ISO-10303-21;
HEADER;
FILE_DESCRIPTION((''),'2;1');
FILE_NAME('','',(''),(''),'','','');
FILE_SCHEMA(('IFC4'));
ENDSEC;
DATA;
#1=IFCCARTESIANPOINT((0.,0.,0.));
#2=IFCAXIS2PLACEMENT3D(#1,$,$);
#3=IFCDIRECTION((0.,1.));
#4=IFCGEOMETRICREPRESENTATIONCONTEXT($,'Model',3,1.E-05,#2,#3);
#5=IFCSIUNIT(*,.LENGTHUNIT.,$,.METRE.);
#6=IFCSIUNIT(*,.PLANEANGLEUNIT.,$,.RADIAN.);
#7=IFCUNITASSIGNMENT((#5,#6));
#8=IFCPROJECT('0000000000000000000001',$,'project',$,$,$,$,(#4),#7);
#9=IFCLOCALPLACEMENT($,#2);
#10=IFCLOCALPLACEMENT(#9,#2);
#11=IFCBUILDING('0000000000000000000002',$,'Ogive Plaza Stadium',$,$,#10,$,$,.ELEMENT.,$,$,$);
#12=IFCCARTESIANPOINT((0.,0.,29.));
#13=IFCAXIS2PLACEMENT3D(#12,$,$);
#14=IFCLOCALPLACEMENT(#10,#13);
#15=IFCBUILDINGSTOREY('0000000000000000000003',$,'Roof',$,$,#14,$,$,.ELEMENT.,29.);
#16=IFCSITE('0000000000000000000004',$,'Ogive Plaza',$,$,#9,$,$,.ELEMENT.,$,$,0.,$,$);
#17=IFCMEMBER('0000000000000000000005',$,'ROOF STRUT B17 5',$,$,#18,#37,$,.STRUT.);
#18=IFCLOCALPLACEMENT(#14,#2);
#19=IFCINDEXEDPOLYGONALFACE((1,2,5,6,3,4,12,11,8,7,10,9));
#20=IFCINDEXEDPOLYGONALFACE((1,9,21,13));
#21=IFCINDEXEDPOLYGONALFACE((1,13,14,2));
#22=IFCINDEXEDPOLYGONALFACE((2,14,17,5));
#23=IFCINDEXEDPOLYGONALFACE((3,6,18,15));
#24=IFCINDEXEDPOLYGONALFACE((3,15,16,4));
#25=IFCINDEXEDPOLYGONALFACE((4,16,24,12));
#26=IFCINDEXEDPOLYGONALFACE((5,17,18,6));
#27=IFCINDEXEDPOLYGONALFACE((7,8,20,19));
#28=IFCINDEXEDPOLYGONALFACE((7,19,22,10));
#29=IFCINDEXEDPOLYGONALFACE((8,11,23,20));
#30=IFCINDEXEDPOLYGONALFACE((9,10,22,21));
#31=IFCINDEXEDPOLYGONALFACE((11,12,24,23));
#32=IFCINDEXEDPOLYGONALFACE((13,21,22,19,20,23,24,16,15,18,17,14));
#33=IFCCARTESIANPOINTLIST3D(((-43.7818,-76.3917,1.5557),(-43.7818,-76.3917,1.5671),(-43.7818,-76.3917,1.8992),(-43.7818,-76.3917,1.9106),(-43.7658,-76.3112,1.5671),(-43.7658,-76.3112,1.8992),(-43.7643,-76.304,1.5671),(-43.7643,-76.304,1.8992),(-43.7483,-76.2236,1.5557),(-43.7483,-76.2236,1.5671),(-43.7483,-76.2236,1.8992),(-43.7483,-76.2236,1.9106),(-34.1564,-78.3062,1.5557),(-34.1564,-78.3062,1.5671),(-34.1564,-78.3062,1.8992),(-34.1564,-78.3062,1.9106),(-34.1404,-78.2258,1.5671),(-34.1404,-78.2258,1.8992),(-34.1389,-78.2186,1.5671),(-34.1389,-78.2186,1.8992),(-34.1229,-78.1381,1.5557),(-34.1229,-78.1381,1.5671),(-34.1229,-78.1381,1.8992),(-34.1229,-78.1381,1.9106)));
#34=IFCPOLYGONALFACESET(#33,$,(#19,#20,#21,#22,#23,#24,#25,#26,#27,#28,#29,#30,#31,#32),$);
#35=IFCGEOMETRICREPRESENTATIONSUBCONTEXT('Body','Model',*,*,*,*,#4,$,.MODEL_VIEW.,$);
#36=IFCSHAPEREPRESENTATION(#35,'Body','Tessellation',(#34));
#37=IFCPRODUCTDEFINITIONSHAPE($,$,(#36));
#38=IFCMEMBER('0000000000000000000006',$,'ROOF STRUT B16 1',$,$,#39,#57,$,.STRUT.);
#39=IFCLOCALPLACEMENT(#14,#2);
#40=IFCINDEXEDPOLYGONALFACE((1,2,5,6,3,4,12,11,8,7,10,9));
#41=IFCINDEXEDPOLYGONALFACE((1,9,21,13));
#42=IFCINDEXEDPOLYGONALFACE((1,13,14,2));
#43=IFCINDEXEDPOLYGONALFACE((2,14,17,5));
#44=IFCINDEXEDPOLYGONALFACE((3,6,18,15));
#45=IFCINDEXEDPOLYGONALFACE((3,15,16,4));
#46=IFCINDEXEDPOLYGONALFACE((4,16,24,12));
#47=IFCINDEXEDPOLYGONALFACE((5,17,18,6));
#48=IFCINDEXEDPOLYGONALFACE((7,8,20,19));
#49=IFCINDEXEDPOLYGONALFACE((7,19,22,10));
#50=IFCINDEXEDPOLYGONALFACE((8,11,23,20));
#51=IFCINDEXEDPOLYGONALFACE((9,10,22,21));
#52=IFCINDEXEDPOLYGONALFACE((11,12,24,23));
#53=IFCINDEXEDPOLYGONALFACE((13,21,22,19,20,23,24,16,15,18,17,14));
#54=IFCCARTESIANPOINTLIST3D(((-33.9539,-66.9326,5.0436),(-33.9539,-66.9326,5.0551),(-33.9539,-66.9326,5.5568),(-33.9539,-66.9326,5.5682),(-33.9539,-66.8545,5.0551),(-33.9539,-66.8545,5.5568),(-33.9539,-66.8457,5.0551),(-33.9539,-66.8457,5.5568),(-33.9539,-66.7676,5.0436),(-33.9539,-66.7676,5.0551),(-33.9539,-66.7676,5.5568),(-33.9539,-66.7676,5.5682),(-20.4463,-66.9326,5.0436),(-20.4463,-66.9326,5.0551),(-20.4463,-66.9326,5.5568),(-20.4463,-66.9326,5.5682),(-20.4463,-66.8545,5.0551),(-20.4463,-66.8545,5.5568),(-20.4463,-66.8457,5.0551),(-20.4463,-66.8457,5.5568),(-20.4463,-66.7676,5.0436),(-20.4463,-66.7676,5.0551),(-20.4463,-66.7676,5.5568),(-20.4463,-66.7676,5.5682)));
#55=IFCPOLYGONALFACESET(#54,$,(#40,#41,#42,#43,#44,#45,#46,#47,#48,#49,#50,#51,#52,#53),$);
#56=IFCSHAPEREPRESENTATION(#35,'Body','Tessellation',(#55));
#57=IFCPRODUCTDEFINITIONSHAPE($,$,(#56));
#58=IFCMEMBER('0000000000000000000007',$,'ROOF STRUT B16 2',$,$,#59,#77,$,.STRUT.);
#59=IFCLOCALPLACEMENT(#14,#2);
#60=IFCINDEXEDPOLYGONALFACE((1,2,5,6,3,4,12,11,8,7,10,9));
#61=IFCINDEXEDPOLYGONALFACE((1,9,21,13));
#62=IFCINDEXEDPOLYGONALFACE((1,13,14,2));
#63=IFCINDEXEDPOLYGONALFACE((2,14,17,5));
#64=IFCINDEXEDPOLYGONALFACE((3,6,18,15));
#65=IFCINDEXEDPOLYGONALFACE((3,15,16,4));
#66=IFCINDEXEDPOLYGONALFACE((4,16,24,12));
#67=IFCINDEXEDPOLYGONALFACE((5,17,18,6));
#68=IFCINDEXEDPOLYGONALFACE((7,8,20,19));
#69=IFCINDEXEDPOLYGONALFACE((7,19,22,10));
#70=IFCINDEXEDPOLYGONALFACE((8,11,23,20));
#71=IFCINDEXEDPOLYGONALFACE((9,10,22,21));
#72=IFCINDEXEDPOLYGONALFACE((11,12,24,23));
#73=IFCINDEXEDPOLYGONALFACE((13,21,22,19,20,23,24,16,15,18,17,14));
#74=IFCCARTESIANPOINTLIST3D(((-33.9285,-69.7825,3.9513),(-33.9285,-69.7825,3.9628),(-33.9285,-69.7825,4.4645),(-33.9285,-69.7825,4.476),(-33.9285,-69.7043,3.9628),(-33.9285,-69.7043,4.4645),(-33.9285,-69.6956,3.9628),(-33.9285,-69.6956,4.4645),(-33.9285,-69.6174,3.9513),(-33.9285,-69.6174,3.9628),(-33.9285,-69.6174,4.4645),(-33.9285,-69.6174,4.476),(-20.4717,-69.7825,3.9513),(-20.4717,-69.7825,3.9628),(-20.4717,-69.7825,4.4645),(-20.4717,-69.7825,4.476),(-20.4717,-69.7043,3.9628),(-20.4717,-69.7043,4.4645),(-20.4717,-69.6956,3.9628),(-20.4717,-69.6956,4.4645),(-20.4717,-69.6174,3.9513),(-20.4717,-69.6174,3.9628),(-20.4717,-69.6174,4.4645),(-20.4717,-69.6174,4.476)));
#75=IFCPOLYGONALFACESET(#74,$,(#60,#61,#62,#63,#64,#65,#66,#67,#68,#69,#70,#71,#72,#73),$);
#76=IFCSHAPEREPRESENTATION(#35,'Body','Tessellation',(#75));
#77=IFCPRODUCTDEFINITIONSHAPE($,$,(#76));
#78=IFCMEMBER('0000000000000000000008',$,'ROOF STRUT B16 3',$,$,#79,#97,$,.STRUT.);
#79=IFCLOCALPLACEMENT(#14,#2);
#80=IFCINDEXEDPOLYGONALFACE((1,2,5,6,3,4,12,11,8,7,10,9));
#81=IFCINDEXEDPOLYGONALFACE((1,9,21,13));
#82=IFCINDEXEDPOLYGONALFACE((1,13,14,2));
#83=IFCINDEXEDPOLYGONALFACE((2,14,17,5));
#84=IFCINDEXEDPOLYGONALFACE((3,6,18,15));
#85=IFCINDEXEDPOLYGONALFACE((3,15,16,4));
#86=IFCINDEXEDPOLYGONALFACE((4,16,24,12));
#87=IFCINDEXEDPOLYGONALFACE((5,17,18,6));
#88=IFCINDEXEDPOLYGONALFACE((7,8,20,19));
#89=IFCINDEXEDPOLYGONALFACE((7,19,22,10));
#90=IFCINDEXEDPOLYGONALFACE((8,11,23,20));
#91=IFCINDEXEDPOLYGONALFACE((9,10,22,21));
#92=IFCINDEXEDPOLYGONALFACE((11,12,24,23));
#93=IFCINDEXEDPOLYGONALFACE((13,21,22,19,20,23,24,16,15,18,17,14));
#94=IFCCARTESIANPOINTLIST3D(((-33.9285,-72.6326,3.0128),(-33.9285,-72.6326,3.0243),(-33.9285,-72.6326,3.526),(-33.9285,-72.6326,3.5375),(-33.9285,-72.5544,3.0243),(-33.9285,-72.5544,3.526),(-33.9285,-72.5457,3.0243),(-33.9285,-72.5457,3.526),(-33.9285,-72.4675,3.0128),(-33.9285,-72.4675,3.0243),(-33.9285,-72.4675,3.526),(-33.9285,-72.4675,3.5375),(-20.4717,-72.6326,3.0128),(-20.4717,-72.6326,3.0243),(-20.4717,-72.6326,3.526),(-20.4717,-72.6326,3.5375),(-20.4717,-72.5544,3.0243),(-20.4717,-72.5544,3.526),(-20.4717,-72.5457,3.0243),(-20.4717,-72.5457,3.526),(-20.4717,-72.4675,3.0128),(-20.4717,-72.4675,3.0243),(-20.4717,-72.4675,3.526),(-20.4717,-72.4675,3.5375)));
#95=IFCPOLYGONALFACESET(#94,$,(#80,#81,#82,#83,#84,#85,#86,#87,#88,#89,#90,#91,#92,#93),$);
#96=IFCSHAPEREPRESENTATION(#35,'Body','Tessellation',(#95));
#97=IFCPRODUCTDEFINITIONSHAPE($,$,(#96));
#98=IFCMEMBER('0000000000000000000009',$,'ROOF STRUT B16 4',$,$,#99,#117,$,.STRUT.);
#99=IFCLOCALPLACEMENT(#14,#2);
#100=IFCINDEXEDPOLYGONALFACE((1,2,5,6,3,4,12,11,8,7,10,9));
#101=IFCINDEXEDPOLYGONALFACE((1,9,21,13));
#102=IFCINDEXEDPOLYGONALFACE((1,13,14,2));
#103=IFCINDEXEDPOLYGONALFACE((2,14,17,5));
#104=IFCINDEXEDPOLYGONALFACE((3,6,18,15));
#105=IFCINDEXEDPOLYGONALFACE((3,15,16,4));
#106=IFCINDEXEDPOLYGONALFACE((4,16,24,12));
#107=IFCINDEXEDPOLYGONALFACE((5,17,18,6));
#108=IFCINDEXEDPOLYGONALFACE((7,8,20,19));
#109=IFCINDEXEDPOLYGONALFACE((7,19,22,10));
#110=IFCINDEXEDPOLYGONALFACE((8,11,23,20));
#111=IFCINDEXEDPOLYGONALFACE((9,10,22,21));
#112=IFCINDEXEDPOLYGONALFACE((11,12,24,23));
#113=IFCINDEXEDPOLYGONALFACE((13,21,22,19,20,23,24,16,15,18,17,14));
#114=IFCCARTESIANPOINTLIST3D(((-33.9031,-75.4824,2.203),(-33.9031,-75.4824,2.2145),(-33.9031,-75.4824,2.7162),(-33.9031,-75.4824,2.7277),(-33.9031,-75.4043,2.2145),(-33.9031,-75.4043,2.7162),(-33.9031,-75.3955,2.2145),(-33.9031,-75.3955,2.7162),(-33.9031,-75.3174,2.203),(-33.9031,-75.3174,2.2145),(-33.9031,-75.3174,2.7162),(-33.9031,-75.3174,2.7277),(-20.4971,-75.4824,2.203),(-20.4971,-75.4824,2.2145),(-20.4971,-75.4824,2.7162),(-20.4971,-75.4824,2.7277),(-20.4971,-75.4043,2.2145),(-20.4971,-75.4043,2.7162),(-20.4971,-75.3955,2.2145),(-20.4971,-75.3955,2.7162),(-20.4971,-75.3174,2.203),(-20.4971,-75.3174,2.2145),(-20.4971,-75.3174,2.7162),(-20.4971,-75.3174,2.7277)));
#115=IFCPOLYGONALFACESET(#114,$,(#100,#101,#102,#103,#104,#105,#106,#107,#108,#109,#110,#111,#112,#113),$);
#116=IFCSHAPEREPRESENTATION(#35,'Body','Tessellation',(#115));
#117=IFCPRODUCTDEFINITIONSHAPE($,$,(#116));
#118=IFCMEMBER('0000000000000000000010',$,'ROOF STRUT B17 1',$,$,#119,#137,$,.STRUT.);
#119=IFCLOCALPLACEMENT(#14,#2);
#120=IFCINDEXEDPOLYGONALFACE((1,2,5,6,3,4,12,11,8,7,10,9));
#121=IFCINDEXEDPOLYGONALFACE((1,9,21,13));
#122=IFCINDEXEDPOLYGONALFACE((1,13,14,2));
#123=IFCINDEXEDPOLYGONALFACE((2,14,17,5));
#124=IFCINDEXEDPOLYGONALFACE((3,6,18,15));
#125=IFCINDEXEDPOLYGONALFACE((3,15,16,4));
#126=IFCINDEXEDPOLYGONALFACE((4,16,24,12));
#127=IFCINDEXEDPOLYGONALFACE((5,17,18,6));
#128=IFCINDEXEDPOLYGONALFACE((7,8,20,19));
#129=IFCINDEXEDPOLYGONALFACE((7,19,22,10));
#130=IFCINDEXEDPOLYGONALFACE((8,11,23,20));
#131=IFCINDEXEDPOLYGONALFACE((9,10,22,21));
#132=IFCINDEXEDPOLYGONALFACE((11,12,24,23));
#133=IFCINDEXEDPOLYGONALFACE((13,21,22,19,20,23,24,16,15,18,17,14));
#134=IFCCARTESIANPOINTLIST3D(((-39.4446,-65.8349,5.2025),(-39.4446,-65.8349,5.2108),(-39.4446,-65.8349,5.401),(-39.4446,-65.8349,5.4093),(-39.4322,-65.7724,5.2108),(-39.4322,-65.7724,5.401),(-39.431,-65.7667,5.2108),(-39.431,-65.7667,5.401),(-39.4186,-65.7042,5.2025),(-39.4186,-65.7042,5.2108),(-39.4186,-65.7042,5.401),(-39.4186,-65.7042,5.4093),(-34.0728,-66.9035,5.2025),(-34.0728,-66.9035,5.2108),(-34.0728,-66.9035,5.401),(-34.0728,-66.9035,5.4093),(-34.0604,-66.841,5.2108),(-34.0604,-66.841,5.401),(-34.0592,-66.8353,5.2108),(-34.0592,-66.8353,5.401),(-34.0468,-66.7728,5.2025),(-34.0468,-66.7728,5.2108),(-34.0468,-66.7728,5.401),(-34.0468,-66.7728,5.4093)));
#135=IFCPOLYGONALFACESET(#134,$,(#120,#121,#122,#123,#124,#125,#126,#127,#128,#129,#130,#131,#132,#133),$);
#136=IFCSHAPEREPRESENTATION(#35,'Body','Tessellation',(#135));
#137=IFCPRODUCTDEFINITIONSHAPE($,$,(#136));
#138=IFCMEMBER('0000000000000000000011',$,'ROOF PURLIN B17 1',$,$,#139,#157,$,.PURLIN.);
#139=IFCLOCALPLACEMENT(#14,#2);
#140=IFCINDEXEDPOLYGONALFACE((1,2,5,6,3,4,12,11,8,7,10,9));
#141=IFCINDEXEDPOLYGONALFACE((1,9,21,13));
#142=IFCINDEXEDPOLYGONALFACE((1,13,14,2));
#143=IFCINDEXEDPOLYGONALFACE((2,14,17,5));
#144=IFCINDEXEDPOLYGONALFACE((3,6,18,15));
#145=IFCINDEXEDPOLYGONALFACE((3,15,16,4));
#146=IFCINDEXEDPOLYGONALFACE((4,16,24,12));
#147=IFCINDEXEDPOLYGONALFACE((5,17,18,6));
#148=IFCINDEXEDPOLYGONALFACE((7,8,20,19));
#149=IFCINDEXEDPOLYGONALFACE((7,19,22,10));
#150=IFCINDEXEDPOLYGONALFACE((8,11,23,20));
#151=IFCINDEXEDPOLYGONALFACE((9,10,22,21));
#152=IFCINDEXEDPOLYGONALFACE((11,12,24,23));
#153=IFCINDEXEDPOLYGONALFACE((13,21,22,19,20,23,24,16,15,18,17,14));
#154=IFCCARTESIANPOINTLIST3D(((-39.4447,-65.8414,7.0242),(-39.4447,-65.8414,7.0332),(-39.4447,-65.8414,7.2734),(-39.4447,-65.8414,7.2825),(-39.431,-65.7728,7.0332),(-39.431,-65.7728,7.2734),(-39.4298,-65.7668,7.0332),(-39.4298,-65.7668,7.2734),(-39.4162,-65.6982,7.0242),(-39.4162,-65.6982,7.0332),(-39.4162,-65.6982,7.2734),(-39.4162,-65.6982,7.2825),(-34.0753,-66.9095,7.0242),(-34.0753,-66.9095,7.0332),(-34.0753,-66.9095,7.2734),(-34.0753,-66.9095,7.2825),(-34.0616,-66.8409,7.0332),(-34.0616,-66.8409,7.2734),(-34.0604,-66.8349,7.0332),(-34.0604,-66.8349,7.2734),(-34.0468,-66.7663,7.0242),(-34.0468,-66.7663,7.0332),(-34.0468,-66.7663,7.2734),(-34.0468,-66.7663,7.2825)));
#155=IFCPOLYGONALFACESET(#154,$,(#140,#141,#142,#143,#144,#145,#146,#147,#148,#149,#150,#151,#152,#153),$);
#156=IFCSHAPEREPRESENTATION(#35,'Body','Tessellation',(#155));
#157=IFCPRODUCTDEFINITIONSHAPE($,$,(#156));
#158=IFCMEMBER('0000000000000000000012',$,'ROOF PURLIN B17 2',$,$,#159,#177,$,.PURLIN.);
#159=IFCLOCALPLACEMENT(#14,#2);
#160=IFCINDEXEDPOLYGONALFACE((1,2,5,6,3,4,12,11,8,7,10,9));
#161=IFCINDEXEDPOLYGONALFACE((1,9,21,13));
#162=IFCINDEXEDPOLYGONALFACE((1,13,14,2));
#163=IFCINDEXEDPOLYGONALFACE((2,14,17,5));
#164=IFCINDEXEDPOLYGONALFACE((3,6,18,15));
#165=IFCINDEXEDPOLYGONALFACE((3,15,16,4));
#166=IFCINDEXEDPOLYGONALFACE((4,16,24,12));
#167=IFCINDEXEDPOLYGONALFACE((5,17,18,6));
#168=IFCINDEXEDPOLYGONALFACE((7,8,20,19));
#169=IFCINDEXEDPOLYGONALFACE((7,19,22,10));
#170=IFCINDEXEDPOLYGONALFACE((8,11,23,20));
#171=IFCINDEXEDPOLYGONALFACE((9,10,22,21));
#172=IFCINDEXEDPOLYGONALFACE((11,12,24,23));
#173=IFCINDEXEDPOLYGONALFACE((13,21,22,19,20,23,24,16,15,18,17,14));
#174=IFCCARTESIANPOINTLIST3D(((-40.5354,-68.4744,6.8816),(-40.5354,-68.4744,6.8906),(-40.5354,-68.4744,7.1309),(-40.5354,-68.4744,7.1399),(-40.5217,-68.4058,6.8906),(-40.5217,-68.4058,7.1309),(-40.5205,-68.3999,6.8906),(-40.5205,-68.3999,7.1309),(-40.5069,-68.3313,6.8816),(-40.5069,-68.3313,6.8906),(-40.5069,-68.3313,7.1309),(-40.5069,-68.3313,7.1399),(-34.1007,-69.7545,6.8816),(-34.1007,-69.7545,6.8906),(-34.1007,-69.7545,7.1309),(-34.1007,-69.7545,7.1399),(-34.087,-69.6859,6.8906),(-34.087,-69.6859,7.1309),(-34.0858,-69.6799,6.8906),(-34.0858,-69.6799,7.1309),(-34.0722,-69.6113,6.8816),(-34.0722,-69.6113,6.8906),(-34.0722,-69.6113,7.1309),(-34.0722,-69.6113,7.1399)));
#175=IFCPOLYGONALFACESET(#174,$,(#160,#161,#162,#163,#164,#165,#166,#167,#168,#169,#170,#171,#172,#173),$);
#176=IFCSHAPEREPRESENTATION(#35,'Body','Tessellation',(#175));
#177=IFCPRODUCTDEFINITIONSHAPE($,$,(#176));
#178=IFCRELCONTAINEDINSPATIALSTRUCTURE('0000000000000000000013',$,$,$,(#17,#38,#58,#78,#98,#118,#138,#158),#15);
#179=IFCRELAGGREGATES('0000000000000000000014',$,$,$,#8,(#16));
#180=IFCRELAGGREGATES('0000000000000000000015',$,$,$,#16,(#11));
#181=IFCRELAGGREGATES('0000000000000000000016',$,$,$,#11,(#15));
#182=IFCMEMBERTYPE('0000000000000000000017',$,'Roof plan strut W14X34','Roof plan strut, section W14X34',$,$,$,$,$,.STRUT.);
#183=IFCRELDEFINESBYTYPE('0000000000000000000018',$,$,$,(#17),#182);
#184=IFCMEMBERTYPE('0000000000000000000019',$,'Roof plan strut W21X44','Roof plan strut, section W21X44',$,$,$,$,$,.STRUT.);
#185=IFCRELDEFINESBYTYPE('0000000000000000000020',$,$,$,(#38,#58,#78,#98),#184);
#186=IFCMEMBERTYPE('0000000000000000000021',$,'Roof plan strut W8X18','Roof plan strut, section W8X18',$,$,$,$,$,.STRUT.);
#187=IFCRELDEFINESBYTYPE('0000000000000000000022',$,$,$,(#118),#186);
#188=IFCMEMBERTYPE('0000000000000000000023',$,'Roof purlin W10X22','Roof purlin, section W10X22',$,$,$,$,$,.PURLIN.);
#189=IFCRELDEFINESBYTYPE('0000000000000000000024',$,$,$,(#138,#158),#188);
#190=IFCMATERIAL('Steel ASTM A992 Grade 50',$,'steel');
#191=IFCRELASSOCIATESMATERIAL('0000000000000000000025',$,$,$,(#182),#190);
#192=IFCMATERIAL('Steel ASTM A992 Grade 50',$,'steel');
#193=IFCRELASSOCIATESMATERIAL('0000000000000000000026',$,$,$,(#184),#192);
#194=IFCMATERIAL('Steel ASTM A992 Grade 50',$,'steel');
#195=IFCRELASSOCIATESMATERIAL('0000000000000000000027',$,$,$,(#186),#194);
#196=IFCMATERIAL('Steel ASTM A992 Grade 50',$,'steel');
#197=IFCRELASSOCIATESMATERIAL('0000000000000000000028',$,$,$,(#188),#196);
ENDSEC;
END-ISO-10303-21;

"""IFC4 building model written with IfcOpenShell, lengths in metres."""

from ifc_helpers import new_model, si_unit, direction, frame, origin, origin_2d, place, context, subcontext, project, spatial, i_section, extrude, material, material_profile, profile_set, type_object, element, save


model = new_model("IFC4")

# Units and contexts
model_context = context("Model", 3, precision=1e-05, world=origin(), true_north=direction((0.0, 1.0)))
body_context = subcontext(model_context, "Body", "Model", "MODEL_VIEW")
ifc_project = project(units=[si_unit("LENGTHUNIT", "METRE"), si_unit("PLANEANGLEUNIT", "RADIAN")], contexts=[model_context])

# Site, building, storey
site_placement = place(None, origin())
site = spatial("IfcSite", under=ifc_project, at=site_placement, Name="Ogive Plaza", CompositionType="ELEMENT", RefElevation=0.0)
building_placement = place(site_placement, origin())
building = spatial("IfcBuilding", under=site, at=building_placement, Name="Ogive Plaza Stadium", CompositionType="ELEMENT")
storey_placement = place(building_placement, frame((0.0, 0.0, 29.0)))
storey = spatial("IfcBuildingStorey", under=building, at=storey_placement, Name="Roof", CompositionType="ELEMENT", Elevation=29.0)

# Members
ifc_material_1 = material(Name="Steel ASTM A992 Grade 50", Category="steel")
ifc_material_profile_1 = material_profile(ifc_material_1, i_section(OverallWidth=0.1714, OverallDepth=0.355, WebThickness=0.0073, FlangeThickness=0.0115, at=origin_2d()), Name="W14X34")
ifc_profile_set_1 = profile_set([ifc_material_profile_1], Name="Steel ASTM A992 Grade 50")
member_type_1 = type_object("IfcMemberType", Name="Roof plan strut W14X34", Description="Roof plan strut, section W14X34", PredefinedType="STRUT", material=ifc_profile_set_1)
member_1_placement = place(storey_placement, frame((-34.1396, -78.2222, 1.7332), z_axis=(-0.980787, 0.195083, 0.0), x_axis=(-0.195083, -0.980787, 0.0)))
element("IfcMember", 1, at=member_1_placement, inside=storey, type_object=member_type_1, Name="ROOF STRUT B17 5", PredefinedType="STRUT", context=body_context, shape_type="SweptSolid", body=[
    extrude(i_section(OverallWidth=0.1714, OverallDepth=0.355, WebThickness=0.0073, FlangeThickness=0.0115, at=origin_2d()), origin(), (0.0, 0.0, 1.0), 9.814),
])
ifc_material_2 = material(Name="Steel ASTM A992 Grade 50", Category="steel")
ifc_material_profile_2 = material_profile(ifc_material_2, i_section(OverallWidth=0.165, OverallDepth=0.5247, WebThickness=0.0088, FlangeThickness=0.0115, at=origin_2d()), Name="W21X44")
ifc_profile_set_2 = profile_set([ifc_material_profile_2], Name="Steel ASTM A992 Grade 50")
member_type_2 = type_object("IfcMemberType", Name="Roof plan strut W21X44", Description="Roof plan strut, section W21X44", PredefinedType="STRUT", material=ifc_profile_set_2)
member_2_placement = place(storey_placement, frame((-20.4463, -66.8501, 5.3059), z_axis=(-1.0, 0.0, 0.0), x_axis=(0.0, -1.0, 0.0)))
element("IfcMember", 2, at=member_2_placement, inside=storey, type_object=member_type_2, Name="ROOF STRUT B16 1", PredefinedType="STRUT", context=body_context, shape_type="SweptSolid", body=[
    extrude(i_section(OverallWidth=0.165, OverallDepth=0.5247, WebThickness=0.0088, FlangeThickness=0.0115, at=origin_2d()), origin(), (0.0, 0.0, 1.0), 13.5076),
])
for number, where, z_axis, x_axis, name in (
    (3, (-20.4717, -69.7, 4.2136), (-1.0, 0.0, 0.0), (0.0, -1.0, 0.0), "ROOF STRUT B16 2"),
    (4, (-20.4717, -72.55, 3.2751), (-1.0, 0.0, 0.0), (0.0, -1.0, 0.0), "ROOF STRUT B16 3"),
):
    element("IfcMember", number, at=place(storey_placement, frame(where, z_axis=z_axis, x_axis=x_axis)), inside=storey, type_object=member_type_2, Name=name, PredefinedType="STRUT", context=body_context, shape_type="SweptSolid", body=[
        extrude(i_section(OverallWidth=0.165, OverallDepth=0.5247, WebThickness=0.0088, FlangeThickness=0.0115, at=origin_2d()), origin(), (0.0, 0.0, 1.0), 13.4568),
    ])
member_3_placement = place(storey_placement, frame((-20.4971, -75.3999, 2.4653), z_axis=(-1.0, 0.0, 0.0), x_axis=(0.0, -1.0, 0.0)))
element("IfcMember", 5, at=member_3_placement, inside=storey, type_object=member_type_2, Name="ROOF STRUT B16 4", PredefinedType="STRUT", context=body_context, shape_type="SweptSolid", body=[
    extrude(i_section(OverallWidth=0.165, OverallDepth=0.5247, WebThickness=0.0088, FlangeThickness=0.0115, at=origin_2d()), origin(), (0.0, 0.0, 1.0), 13.406),
])
ifc_material_3 = material(Name="Steel ASTM A992 Grade 50", Category="steel")
ifc_material_profile_3 = material_profile(ifc_material_3, i_section(OverallWidth=0.1333, OverallDepth=0.2068, WebThickness=0.0059, FlangeThickness=0.0083, at=origin_2d()), Name="W8X18")
ifc_profile_set_3 = profile_set([ifc_material_profile_3], Name="Steel ASTM A992 Grade 50")
member_type_3 = type_object("IfcMemberType", Name="Roof plan strut W8X18", Description="Roof plan strut, section W8X18", PredefinedType="STRUT", material=ifc_profile_set_3)
member_4_placement = place(storey_placement, frame((-34.0598, -66.8381, 5.3059), z_axis=(-0.980782, 0.195105, 0.0), x_axis=(-0.195105, -0.980782, 0.0)))
element("IfcMember", 6, at=member_4_placement, inside=storey, type_object=member_type_3, Name="ROOF STRUT B17 1", PredefinedType="STRUT", context=body_context, shape_type="SweptSolid", body=[
    extrude(i_section(OverallWidth=0.1333, OverallDepth=0.2068, WebThickness=0.0059, FlangeThickness=0.0083, at=origin_2d()), origin(), (0.0, 0.0, 1.0), 5.4771),
])
ifc_material_4 = material(Name="Steel ASTM A992 Grade 50", Category="steel")
ifc_material_profile_4 = material_profile(ifc_material_4, i_section(OverallWidth=0.146, OverallDepth=0.2583, WebThickness=0.0061, FlangeThickness=0.009, at=origin_2d()), Name="W10X22")
ifc_profile_set_4 = profile_set([ifc_material_profile_4], Name="Steel ASTM A992 Grade 50")
member_type_4 = type_object("IfcMemberType", Name="Roof purlin W10X22", Description="Roof purlin, section W10X22", PredefinedType="PURLIN", material=ifc_profile_set_4)
member_5_placement = place(storey_placement, frame((-34.061, -66.8379, 7.1533), z_axis=(-0.980783, 0.195104, 0.0), x_axis=(-0.195104, -0.980783, 0.0)))
element("IfcMember", 7, at=member_5_placement, inside=storey, type_object=member_type_4, Name="ROOF PURLIN B17 1", PredefinedType="PURLIN", context=body_context, shape_type="SweptSolid", body=[
    extrude(i_section(OverallWidth=0.146, OverallDepth=0.2583, WebThickness=0.0061, FlangeThickness=0.009, at=origin_2d()), origin(), (0.0, 0.0, 1.0), 5.4746),
])
member_6_placement = place(storey_placement, frame((-34.0864, -69.6829, 7.0107), z_axis=(-0.980783, 0.1951, 0.0), x_axis=(-0.1951, -0.980783, 0.0)))
element("IfcMember", 8, at=member_6_placement, inside=storey, type_object=member_type_4, Name="ROOF PURLIN B17 2", PredefinedType="PURLIN", context=body_context, shape_type="SweptSolid", body=[
    extrude(i_section(OverallWidth=0.146, OverallDepth=0.2583, WebThickness=0.0061, FlangeThickness=0.009, at=origin_2d()), origin(), (0.0, 0.0, 1.0), 6.5608),
])

save(model, "model.ifc")
